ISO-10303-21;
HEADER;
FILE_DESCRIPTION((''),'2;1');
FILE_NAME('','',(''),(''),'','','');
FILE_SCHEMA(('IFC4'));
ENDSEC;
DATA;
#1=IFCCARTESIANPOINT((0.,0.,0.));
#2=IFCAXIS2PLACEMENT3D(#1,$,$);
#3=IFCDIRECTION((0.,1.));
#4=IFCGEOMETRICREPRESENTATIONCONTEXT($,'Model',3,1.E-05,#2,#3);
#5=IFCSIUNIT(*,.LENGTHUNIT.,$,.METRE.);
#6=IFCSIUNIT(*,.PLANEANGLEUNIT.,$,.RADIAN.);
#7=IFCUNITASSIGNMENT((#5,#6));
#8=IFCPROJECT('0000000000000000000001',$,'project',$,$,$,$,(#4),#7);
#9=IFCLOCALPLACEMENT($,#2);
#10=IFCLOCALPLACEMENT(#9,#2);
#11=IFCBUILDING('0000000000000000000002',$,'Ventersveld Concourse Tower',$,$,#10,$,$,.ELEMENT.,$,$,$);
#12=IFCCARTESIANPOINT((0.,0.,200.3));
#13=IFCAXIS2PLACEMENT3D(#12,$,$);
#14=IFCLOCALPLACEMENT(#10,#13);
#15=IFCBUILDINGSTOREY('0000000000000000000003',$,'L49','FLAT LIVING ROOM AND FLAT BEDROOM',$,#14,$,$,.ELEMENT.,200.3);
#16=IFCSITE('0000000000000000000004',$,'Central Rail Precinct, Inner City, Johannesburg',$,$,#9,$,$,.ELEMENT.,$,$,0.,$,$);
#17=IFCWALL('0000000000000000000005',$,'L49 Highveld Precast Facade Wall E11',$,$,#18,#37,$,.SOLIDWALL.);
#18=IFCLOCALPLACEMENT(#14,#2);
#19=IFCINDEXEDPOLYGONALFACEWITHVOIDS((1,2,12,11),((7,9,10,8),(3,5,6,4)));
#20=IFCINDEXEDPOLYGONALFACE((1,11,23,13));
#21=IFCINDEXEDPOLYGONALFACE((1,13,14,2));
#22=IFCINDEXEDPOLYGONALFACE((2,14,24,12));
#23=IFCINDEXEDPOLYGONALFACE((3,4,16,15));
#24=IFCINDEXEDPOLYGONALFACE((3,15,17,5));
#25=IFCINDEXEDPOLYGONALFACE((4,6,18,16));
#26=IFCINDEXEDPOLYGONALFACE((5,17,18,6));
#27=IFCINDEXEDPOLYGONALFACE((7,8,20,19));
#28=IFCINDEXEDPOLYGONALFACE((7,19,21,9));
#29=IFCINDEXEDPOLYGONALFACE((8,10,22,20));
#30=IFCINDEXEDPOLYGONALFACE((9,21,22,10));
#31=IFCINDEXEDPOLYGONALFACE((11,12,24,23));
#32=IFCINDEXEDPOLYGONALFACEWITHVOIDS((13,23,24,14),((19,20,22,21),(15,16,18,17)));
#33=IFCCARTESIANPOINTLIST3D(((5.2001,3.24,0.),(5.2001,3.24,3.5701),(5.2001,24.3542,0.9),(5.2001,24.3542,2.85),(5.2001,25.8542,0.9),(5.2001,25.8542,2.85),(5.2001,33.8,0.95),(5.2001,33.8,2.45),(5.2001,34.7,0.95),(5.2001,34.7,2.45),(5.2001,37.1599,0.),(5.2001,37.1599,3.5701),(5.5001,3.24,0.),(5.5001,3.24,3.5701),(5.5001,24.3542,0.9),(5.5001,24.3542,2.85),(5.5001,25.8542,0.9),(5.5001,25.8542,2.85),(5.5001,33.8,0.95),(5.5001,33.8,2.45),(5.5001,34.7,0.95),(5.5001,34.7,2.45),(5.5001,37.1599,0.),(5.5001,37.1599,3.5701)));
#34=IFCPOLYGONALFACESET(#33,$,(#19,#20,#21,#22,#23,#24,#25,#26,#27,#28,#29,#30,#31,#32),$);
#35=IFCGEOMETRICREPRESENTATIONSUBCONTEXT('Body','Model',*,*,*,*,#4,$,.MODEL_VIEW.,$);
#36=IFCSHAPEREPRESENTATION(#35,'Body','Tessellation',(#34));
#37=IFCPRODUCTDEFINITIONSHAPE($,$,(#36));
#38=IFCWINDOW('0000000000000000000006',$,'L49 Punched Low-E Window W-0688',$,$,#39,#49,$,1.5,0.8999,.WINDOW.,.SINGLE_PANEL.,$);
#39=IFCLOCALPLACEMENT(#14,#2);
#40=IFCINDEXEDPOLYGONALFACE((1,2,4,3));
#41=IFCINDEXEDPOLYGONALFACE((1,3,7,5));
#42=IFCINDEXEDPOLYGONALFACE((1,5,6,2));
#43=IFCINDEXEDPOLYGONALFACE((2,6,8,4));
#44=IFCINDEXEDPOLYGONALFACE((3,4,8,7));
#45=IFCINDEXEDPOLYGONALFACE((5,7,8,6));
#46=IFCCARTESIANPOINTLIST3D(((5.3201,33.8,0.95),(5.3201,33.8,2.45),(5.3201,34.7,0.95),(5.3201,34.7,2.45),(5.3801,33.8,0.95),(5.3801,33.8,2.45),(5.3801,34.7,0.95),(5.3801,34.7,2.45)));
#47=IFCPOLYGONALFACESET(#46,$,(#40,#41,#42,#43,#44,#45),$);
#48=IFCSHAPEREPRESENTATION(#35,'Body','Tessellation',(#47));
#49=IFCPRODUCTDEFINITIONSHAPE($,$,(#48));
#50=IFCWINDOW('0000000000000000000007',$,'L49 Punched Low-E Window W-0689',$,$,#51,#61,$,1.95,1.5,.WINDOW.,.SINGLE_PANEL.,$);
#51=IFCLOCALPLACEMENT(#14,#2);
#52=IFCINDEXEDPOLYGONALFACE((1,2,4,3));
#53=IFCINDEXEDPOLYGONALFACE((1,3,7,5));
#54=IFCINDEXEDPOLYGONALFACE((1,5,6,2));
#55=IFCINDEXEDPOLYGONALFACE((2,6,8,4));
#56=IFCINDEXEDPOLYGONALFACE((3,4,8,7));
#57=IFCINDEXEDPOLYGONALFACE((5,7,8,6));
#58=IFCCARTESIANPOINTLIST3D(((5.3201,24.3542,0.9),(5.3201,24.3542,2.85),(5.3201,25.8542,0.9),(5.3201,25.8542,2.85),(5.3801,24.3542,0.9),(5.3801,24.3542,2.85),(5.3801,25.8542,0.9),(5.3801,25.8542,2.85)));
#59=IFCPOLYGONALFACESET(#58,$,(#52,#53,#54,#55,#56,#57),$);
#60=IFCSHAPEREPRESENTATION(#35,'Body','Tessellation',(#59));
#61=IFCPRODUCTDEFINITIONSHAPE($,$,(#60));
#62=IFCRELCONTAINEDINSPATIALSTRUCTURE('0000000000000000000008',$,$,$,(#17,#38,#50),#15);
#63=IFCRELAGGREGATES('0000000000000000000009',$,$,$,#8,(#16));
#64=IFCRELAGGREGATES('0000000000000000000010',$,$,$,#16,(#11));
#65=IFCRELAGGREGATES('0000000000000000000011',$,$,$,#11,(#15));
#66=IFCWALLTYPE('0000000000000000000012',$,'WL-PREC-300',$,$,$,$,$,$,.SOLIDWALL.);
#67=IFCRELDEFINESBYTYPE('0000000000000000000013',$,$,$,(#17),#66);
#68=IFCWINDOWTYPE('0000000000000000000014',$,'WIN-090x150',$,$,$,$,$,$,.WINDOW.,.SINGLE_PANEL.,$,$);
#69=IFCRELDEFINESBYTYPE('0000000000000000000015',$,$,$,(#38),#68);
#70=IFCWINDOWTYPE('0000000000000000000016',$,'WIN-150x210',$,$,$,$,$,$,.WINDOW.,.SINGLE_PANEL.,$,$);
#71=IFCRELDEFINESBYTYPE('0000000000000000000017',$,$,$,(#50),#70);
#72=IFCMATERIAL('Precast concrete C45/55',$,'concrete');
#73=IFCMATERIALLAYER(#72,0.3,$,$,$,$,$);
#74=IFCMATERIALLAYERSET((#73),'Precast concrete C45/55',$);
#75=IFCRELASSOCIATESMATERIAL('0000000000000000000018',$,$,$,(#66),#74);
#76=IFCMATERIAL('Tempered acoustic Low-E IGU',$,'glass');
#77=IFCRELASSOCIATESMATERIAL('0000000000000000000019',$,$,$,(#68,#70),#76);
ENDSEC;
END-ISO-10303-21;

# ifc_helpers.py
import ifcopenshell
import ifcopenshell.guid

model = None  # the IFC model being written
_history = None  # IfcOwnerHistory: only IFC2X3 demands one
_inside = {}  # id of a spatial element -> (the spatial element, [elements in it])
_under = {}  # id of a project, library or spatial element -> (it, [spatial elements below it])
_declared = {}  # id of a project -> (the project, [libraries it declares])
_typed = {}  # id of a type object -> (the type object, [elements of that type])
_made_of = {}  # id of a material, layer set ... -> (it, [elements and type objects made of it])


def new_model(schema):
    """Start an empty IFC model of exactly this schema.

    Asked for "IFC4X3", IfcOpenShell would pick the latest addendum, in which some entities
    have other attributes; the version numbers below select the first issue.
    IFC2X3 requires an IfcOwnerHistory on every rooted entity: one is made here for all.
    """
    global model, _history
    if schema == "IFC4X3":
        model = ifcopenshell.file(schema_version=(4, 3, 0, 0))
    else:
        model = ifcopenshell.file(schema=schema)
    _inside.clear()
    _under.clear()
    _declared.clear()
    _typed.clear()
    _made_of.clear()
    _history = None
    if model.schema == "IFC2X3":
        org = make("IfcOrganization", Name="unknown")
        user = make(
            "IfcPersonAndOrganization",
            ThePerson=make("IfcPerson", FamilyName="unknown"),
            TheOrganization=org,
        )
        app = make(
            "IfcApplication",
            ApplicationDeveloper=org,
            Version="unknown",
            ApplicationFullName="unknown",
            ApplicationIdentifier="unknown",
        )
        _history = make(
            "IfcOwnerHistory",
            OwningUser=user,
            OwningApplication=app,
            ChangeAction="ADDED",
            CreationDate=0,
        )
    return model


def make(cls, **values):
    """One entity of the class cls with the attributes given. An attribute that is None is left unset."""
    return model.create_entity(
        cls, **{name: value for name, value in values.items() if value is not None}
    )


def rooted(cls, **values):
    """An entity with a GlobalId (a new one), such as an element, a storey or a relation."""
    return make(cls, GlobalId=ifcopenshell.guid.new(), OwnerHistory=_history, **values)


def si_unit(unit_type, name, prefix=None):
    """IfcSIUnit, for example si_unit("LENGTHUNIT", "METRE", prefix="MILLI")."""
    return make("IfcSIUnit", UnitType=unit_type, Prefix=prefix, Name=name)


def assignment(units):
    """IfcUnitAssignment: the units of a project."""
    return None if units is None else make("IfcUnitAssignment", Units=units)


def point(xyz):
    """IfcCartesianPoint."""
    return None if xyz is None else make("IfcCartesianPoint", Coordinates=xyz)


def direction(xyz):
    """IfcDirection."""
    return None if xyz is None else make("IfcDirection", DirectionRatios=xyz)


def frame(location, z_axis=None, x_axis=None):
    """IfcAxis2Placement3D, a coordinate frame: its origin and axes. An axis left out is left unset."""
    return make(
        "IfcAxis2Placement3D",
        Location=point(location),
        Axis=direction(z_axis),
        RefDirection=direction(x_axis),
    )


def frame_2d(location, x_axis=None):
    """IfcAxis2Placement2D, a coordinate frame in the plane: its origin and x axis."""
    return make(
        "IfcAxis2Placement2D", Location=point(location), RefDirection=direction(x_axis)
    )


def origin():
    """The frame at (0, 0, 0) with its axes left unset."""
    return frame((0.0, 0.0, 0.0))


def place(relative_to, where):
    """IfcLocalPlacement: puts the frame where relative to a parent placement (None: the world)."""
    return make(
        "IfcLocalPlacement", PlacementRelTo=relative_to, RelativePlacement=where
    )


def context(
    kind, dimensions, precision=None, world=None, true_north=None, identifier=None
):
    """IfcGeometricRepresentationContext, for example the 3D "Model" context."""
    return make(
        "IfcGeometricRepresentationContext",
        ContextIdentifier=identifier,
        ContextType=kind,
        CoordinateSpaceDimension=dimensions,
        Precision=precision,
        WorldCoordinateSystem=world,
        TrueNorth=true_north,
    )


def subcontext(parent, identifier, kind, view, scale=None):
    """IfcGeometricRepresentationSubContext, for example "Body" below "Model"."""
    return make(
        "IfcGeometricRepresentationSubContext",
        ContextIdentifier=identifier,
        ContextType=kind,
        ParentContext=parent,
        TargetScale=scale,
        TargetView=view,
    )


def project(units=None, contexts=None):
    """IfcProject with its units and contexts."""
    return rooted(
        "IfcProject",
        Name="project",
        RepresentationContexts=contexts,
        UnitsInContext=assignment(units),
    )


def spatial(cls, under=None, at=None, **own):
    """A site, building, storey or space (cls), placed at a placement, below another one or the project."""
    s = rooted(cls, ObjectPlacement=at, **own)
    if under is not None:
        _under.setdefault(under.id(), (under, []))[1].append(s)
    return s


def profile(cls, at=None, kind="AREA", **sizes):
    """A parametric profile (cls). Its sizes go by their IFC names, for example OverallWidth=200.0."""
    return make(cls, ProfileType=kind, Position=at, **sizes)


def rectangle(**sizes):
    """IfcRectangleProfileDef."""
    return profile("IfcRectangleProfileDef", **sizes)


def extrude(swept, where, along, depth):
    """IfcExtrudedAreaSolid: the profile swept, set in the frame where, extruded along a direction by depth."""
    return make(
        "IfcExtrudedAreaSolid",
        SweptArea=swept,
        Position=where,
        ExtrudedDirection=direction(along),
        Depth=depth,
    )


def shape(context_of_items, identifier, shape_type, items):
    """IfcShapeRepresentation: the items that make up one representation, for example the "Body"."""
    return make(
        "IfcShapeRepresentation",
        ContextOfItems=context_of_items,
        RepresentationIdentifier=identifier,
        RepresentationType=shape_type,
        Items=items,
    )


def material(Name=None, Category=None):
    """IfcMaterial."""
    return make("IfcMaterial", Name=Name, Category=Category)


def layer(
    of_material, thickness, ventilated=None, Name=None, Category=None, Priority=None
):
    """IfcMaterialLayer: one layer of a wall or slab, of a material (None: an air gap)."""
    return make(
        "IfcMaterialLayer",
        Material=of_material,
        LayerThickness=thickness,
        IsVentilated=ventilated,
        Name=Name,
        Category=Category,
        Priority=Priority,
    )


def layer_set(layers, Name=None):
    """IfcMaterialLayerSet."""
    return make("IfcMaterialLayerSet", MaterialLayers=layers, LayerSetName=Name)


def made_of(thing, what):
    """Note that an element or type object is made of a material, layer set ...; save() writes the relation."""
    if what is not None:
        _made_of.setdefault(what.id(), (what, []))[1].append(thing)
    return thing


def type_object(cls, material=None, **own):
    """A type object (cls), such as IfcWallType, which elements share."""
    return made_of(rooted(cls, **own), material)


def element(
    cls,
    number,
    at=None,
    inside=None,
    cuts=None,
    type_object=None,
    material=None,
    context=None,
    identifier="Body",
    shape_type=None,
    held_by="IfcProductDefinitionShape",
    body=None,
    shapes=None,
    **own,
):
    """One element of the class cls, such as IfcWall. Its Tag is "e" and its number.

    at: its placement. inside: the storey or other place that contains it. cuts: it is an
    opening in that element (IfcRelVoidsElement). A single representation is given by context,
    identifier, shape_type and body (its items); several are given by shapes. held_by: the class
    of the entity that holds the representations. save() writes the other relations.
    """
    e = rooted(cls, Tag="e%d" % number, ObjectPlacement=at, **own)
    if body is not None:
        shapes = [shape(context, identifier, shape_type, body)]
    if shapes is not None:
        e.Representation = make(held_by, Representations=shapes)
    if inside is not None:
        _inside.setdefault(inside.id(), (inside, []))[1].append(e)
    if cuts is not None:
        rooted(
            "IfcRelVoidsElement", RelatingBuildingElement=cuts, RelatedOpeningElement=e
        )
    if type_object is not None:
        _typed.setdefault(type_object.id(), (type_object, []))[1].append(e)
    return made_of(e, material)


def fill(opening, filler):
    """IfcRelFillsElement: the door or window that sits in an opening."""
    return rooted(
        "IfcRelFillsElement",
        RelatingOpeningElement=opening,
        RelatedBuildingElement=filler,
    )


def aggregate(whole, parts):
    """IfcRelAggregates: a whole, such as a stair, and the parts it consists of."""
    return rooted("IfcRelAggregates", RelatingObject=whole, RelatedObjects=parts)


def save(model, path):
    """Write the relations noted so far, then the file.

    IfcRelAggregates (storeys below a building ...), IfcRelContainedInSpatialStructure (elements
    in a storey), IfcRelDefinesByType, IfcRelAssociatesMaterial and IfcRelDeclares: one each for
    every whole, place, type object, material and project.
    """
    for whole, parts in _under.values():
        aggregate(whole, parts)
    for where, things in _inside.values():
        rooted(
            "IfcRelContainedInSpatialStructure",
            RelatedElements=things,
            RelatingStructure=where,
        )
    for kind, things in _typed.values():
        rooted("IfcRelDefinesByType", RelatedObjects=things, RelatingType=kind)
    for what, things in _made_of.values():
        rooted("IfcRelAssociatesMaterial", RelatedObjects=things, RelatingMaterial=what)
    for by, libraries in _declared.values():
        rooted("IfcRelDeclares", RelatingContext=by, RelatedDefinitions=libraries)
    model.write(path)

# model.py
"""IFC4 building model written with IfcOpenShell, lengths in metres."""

from ifc_helpers import new_model, si_unit, direction, frame, frame_2d, origin, place, context, subcontext, project, spatial, rectangle, extrude, material, layer, layer_set, type_object, element, fill, save


model = new_model("IFC4")

# Units and contexts
model_context = context("Model", 3, precision=1e-05, world=origin(), true_north=direction((0.0, 1.0)))
body_context = subcontext(model_context, "Body", "Model", "MODEL_VIEW")
ifc_project = project(units=[si_unit("LENGTHUNIT", "METRE"), si_unit("PLANEANGLEUNIT", "RADIAN")], contexts=[model_context])

# Site, building, storey
site_placement = place(None, origin())
site = spatial("IfcSite", under=ifc_project, at=site_placement, Name="Central Rail Precinct, Inner City, Johannesburg", CompositionType="ELEMENT", RefElevation=0.0)
building_placement = place(site_placement, origin())
building = spatial("IfcBuilding", under=site, at=building_placement, Name="Ventersveld Concourse Tower", CompositionType="ELEMENT")
storey_placement = place(building_placement, frame((0.0, 0.0, 200.3)))
storey = spatial("IfcBuildingStorey", under=building, at=storey_placement, Name="L49", Description="FLAT LIVING ROOM AND FLAT BEDROOM", CompositionType="ELEMENT", Elevation=200.3)

# Shared definitions
ifc_material_1 = material(Name="Precast concrete C45/55", Category="concrete")
ifc_layer_1 = layer(ifc_material_1, 0.3)
ifc_layer_set_1 = layer_set([ifc_layer_1], Name="Precast concrete C45/55")
wall_type_1 = type_object("IfcWallType", Name="WL-PREC-300", PredefinedType="SOLIDWALL", material=ifc_layer_set_1)

# Wall, openings, windows
wall_1_placement = place(storey_placement, frame((5.3501, 37.1599, 0.0), z_axis=(0.0, 0.0, 1.0), x_axis=(0.0, -1.0, 0.0)))
wall_1 = element("IfcWall", 1, at=wall_1_placement, inside=storey, type_object=wall_type_1, Name="L49 Highveld Precast Facade Wall E11", PredefinedType="SOLIDWALL", context=body_context, shape_type="SweptSolid", body=[
    extrude(rectangle(XDim=33.9199, YDim=0.3, at=frame_2d((16.96, 0.0))), origin(), (0.0, 0.0, 1.0), 3.5701),
])
opening_1_placement = place(wall_1_placement, frame((2.46, 0.0, 0.95)))
opening_1 = element("IfcOpeningElement", 2, at=opening_1_placement, cuts=wall_1, PredefinedType="OPENING", context=body_context, shape_type="SweptSolid", body=[
    extrude(rectangle(XDim=0.8999, YDim=1.5, at=frame_2d((0.45, 0.75))), frame((0.0, 0.1602, 0.0), z_axis=(0.0, -1.0, 0.0), x_axis=(1.0, 0.0, 0.0)), (0.0, 0.0, 1.0), 0.3201),
])
opening_2_placement = place(wall_1_placement, frame((11.3057, 0.0, 0.8999)))
opening_2 = element("IfcOpeningElement", 3, at=opening_2_placement, cuts=wall_1, PredefinedType="OPENING", context=body_context, shape_type="SweptSolid", body=[
    extrude(rectangle(XDim=1.5, YDim=1.95, at=frame_2d((0.75, 0.9751))), frame((0.0, 0.1602, 0.0), z_axis=(0.0, -1.0, 0.0), x_axis=(1.0, 0.0, 0.0)), (0.0, 0.0, 1.0), 0.3201),
])
ifc_material_2 = material(Name="Tempered acoustic Low-E IGU", Category="glass")
window_type_1 = type_object("IfcWindowType", Name="WIN-090x150", PartitioningType="SINGLE_PANEL", PredefinedType="WINDOW", material=ifc_material_2)
window_1_placement = place(opening_1_placement, origin())
window_1 = element("IfcWindow", 4, at=window_1_placement, inside=storey, type_object=window_type_1, Name="L49 Punched Low-E Window W-0688", OverallHeight=1.5, OverallWidth=0.8999, PartitioningType="SINGLE_PANEL", PredefinedType="WINDOW", context=body_context, shape_type="SweptSolid", body=[
    extrude(rectangle(XDim=0.8999, YDim=1.5, at=frame_2d((0.45, 0.75))), frame((0.0, 0.03, 0.0), z_axis=(0.0, -1.0, 0.0), x_axis=(1.0, 0.0, 0.0)), (0.0, 0.0, 1.0), 0.0601),
])
fill(opening_1, window_1)
window_type_2 = type_object("IfcWindowType", Name="WIN-150x210", PartitioningType="SINGLE_PANEL", PredefinedType="WINDOW", material=ifc_material_2)
window_2_placement = place(opening_2_placement, origin())
window_2 = element("IfcWindow", 5, at=window_2_placement, inside=storey, type_object=window_type_2, Name="L49 Punched Low-E Window W-0689", OverallHeight=1.95, OverallWidth=1.5, PartitioningType="SINGLE_PANEL", PredefinedType="WINDOW", context=body_context, shape_type="SweptSolid", body=[
    extrude(rectangle(XDim=1.5, YDim=1.95, at=frame_2d((0.75, 0.9751))), frame((0.0, 0.03, 0.0), z_axis=(0.0, -1.0, 0.0), x_axis=(1.0, 0.0, 0.0)), (0.0, 0.0, 1.0), 0.0601),
])
fill(opening_2, window_2)

save(model, "model.ifc")
